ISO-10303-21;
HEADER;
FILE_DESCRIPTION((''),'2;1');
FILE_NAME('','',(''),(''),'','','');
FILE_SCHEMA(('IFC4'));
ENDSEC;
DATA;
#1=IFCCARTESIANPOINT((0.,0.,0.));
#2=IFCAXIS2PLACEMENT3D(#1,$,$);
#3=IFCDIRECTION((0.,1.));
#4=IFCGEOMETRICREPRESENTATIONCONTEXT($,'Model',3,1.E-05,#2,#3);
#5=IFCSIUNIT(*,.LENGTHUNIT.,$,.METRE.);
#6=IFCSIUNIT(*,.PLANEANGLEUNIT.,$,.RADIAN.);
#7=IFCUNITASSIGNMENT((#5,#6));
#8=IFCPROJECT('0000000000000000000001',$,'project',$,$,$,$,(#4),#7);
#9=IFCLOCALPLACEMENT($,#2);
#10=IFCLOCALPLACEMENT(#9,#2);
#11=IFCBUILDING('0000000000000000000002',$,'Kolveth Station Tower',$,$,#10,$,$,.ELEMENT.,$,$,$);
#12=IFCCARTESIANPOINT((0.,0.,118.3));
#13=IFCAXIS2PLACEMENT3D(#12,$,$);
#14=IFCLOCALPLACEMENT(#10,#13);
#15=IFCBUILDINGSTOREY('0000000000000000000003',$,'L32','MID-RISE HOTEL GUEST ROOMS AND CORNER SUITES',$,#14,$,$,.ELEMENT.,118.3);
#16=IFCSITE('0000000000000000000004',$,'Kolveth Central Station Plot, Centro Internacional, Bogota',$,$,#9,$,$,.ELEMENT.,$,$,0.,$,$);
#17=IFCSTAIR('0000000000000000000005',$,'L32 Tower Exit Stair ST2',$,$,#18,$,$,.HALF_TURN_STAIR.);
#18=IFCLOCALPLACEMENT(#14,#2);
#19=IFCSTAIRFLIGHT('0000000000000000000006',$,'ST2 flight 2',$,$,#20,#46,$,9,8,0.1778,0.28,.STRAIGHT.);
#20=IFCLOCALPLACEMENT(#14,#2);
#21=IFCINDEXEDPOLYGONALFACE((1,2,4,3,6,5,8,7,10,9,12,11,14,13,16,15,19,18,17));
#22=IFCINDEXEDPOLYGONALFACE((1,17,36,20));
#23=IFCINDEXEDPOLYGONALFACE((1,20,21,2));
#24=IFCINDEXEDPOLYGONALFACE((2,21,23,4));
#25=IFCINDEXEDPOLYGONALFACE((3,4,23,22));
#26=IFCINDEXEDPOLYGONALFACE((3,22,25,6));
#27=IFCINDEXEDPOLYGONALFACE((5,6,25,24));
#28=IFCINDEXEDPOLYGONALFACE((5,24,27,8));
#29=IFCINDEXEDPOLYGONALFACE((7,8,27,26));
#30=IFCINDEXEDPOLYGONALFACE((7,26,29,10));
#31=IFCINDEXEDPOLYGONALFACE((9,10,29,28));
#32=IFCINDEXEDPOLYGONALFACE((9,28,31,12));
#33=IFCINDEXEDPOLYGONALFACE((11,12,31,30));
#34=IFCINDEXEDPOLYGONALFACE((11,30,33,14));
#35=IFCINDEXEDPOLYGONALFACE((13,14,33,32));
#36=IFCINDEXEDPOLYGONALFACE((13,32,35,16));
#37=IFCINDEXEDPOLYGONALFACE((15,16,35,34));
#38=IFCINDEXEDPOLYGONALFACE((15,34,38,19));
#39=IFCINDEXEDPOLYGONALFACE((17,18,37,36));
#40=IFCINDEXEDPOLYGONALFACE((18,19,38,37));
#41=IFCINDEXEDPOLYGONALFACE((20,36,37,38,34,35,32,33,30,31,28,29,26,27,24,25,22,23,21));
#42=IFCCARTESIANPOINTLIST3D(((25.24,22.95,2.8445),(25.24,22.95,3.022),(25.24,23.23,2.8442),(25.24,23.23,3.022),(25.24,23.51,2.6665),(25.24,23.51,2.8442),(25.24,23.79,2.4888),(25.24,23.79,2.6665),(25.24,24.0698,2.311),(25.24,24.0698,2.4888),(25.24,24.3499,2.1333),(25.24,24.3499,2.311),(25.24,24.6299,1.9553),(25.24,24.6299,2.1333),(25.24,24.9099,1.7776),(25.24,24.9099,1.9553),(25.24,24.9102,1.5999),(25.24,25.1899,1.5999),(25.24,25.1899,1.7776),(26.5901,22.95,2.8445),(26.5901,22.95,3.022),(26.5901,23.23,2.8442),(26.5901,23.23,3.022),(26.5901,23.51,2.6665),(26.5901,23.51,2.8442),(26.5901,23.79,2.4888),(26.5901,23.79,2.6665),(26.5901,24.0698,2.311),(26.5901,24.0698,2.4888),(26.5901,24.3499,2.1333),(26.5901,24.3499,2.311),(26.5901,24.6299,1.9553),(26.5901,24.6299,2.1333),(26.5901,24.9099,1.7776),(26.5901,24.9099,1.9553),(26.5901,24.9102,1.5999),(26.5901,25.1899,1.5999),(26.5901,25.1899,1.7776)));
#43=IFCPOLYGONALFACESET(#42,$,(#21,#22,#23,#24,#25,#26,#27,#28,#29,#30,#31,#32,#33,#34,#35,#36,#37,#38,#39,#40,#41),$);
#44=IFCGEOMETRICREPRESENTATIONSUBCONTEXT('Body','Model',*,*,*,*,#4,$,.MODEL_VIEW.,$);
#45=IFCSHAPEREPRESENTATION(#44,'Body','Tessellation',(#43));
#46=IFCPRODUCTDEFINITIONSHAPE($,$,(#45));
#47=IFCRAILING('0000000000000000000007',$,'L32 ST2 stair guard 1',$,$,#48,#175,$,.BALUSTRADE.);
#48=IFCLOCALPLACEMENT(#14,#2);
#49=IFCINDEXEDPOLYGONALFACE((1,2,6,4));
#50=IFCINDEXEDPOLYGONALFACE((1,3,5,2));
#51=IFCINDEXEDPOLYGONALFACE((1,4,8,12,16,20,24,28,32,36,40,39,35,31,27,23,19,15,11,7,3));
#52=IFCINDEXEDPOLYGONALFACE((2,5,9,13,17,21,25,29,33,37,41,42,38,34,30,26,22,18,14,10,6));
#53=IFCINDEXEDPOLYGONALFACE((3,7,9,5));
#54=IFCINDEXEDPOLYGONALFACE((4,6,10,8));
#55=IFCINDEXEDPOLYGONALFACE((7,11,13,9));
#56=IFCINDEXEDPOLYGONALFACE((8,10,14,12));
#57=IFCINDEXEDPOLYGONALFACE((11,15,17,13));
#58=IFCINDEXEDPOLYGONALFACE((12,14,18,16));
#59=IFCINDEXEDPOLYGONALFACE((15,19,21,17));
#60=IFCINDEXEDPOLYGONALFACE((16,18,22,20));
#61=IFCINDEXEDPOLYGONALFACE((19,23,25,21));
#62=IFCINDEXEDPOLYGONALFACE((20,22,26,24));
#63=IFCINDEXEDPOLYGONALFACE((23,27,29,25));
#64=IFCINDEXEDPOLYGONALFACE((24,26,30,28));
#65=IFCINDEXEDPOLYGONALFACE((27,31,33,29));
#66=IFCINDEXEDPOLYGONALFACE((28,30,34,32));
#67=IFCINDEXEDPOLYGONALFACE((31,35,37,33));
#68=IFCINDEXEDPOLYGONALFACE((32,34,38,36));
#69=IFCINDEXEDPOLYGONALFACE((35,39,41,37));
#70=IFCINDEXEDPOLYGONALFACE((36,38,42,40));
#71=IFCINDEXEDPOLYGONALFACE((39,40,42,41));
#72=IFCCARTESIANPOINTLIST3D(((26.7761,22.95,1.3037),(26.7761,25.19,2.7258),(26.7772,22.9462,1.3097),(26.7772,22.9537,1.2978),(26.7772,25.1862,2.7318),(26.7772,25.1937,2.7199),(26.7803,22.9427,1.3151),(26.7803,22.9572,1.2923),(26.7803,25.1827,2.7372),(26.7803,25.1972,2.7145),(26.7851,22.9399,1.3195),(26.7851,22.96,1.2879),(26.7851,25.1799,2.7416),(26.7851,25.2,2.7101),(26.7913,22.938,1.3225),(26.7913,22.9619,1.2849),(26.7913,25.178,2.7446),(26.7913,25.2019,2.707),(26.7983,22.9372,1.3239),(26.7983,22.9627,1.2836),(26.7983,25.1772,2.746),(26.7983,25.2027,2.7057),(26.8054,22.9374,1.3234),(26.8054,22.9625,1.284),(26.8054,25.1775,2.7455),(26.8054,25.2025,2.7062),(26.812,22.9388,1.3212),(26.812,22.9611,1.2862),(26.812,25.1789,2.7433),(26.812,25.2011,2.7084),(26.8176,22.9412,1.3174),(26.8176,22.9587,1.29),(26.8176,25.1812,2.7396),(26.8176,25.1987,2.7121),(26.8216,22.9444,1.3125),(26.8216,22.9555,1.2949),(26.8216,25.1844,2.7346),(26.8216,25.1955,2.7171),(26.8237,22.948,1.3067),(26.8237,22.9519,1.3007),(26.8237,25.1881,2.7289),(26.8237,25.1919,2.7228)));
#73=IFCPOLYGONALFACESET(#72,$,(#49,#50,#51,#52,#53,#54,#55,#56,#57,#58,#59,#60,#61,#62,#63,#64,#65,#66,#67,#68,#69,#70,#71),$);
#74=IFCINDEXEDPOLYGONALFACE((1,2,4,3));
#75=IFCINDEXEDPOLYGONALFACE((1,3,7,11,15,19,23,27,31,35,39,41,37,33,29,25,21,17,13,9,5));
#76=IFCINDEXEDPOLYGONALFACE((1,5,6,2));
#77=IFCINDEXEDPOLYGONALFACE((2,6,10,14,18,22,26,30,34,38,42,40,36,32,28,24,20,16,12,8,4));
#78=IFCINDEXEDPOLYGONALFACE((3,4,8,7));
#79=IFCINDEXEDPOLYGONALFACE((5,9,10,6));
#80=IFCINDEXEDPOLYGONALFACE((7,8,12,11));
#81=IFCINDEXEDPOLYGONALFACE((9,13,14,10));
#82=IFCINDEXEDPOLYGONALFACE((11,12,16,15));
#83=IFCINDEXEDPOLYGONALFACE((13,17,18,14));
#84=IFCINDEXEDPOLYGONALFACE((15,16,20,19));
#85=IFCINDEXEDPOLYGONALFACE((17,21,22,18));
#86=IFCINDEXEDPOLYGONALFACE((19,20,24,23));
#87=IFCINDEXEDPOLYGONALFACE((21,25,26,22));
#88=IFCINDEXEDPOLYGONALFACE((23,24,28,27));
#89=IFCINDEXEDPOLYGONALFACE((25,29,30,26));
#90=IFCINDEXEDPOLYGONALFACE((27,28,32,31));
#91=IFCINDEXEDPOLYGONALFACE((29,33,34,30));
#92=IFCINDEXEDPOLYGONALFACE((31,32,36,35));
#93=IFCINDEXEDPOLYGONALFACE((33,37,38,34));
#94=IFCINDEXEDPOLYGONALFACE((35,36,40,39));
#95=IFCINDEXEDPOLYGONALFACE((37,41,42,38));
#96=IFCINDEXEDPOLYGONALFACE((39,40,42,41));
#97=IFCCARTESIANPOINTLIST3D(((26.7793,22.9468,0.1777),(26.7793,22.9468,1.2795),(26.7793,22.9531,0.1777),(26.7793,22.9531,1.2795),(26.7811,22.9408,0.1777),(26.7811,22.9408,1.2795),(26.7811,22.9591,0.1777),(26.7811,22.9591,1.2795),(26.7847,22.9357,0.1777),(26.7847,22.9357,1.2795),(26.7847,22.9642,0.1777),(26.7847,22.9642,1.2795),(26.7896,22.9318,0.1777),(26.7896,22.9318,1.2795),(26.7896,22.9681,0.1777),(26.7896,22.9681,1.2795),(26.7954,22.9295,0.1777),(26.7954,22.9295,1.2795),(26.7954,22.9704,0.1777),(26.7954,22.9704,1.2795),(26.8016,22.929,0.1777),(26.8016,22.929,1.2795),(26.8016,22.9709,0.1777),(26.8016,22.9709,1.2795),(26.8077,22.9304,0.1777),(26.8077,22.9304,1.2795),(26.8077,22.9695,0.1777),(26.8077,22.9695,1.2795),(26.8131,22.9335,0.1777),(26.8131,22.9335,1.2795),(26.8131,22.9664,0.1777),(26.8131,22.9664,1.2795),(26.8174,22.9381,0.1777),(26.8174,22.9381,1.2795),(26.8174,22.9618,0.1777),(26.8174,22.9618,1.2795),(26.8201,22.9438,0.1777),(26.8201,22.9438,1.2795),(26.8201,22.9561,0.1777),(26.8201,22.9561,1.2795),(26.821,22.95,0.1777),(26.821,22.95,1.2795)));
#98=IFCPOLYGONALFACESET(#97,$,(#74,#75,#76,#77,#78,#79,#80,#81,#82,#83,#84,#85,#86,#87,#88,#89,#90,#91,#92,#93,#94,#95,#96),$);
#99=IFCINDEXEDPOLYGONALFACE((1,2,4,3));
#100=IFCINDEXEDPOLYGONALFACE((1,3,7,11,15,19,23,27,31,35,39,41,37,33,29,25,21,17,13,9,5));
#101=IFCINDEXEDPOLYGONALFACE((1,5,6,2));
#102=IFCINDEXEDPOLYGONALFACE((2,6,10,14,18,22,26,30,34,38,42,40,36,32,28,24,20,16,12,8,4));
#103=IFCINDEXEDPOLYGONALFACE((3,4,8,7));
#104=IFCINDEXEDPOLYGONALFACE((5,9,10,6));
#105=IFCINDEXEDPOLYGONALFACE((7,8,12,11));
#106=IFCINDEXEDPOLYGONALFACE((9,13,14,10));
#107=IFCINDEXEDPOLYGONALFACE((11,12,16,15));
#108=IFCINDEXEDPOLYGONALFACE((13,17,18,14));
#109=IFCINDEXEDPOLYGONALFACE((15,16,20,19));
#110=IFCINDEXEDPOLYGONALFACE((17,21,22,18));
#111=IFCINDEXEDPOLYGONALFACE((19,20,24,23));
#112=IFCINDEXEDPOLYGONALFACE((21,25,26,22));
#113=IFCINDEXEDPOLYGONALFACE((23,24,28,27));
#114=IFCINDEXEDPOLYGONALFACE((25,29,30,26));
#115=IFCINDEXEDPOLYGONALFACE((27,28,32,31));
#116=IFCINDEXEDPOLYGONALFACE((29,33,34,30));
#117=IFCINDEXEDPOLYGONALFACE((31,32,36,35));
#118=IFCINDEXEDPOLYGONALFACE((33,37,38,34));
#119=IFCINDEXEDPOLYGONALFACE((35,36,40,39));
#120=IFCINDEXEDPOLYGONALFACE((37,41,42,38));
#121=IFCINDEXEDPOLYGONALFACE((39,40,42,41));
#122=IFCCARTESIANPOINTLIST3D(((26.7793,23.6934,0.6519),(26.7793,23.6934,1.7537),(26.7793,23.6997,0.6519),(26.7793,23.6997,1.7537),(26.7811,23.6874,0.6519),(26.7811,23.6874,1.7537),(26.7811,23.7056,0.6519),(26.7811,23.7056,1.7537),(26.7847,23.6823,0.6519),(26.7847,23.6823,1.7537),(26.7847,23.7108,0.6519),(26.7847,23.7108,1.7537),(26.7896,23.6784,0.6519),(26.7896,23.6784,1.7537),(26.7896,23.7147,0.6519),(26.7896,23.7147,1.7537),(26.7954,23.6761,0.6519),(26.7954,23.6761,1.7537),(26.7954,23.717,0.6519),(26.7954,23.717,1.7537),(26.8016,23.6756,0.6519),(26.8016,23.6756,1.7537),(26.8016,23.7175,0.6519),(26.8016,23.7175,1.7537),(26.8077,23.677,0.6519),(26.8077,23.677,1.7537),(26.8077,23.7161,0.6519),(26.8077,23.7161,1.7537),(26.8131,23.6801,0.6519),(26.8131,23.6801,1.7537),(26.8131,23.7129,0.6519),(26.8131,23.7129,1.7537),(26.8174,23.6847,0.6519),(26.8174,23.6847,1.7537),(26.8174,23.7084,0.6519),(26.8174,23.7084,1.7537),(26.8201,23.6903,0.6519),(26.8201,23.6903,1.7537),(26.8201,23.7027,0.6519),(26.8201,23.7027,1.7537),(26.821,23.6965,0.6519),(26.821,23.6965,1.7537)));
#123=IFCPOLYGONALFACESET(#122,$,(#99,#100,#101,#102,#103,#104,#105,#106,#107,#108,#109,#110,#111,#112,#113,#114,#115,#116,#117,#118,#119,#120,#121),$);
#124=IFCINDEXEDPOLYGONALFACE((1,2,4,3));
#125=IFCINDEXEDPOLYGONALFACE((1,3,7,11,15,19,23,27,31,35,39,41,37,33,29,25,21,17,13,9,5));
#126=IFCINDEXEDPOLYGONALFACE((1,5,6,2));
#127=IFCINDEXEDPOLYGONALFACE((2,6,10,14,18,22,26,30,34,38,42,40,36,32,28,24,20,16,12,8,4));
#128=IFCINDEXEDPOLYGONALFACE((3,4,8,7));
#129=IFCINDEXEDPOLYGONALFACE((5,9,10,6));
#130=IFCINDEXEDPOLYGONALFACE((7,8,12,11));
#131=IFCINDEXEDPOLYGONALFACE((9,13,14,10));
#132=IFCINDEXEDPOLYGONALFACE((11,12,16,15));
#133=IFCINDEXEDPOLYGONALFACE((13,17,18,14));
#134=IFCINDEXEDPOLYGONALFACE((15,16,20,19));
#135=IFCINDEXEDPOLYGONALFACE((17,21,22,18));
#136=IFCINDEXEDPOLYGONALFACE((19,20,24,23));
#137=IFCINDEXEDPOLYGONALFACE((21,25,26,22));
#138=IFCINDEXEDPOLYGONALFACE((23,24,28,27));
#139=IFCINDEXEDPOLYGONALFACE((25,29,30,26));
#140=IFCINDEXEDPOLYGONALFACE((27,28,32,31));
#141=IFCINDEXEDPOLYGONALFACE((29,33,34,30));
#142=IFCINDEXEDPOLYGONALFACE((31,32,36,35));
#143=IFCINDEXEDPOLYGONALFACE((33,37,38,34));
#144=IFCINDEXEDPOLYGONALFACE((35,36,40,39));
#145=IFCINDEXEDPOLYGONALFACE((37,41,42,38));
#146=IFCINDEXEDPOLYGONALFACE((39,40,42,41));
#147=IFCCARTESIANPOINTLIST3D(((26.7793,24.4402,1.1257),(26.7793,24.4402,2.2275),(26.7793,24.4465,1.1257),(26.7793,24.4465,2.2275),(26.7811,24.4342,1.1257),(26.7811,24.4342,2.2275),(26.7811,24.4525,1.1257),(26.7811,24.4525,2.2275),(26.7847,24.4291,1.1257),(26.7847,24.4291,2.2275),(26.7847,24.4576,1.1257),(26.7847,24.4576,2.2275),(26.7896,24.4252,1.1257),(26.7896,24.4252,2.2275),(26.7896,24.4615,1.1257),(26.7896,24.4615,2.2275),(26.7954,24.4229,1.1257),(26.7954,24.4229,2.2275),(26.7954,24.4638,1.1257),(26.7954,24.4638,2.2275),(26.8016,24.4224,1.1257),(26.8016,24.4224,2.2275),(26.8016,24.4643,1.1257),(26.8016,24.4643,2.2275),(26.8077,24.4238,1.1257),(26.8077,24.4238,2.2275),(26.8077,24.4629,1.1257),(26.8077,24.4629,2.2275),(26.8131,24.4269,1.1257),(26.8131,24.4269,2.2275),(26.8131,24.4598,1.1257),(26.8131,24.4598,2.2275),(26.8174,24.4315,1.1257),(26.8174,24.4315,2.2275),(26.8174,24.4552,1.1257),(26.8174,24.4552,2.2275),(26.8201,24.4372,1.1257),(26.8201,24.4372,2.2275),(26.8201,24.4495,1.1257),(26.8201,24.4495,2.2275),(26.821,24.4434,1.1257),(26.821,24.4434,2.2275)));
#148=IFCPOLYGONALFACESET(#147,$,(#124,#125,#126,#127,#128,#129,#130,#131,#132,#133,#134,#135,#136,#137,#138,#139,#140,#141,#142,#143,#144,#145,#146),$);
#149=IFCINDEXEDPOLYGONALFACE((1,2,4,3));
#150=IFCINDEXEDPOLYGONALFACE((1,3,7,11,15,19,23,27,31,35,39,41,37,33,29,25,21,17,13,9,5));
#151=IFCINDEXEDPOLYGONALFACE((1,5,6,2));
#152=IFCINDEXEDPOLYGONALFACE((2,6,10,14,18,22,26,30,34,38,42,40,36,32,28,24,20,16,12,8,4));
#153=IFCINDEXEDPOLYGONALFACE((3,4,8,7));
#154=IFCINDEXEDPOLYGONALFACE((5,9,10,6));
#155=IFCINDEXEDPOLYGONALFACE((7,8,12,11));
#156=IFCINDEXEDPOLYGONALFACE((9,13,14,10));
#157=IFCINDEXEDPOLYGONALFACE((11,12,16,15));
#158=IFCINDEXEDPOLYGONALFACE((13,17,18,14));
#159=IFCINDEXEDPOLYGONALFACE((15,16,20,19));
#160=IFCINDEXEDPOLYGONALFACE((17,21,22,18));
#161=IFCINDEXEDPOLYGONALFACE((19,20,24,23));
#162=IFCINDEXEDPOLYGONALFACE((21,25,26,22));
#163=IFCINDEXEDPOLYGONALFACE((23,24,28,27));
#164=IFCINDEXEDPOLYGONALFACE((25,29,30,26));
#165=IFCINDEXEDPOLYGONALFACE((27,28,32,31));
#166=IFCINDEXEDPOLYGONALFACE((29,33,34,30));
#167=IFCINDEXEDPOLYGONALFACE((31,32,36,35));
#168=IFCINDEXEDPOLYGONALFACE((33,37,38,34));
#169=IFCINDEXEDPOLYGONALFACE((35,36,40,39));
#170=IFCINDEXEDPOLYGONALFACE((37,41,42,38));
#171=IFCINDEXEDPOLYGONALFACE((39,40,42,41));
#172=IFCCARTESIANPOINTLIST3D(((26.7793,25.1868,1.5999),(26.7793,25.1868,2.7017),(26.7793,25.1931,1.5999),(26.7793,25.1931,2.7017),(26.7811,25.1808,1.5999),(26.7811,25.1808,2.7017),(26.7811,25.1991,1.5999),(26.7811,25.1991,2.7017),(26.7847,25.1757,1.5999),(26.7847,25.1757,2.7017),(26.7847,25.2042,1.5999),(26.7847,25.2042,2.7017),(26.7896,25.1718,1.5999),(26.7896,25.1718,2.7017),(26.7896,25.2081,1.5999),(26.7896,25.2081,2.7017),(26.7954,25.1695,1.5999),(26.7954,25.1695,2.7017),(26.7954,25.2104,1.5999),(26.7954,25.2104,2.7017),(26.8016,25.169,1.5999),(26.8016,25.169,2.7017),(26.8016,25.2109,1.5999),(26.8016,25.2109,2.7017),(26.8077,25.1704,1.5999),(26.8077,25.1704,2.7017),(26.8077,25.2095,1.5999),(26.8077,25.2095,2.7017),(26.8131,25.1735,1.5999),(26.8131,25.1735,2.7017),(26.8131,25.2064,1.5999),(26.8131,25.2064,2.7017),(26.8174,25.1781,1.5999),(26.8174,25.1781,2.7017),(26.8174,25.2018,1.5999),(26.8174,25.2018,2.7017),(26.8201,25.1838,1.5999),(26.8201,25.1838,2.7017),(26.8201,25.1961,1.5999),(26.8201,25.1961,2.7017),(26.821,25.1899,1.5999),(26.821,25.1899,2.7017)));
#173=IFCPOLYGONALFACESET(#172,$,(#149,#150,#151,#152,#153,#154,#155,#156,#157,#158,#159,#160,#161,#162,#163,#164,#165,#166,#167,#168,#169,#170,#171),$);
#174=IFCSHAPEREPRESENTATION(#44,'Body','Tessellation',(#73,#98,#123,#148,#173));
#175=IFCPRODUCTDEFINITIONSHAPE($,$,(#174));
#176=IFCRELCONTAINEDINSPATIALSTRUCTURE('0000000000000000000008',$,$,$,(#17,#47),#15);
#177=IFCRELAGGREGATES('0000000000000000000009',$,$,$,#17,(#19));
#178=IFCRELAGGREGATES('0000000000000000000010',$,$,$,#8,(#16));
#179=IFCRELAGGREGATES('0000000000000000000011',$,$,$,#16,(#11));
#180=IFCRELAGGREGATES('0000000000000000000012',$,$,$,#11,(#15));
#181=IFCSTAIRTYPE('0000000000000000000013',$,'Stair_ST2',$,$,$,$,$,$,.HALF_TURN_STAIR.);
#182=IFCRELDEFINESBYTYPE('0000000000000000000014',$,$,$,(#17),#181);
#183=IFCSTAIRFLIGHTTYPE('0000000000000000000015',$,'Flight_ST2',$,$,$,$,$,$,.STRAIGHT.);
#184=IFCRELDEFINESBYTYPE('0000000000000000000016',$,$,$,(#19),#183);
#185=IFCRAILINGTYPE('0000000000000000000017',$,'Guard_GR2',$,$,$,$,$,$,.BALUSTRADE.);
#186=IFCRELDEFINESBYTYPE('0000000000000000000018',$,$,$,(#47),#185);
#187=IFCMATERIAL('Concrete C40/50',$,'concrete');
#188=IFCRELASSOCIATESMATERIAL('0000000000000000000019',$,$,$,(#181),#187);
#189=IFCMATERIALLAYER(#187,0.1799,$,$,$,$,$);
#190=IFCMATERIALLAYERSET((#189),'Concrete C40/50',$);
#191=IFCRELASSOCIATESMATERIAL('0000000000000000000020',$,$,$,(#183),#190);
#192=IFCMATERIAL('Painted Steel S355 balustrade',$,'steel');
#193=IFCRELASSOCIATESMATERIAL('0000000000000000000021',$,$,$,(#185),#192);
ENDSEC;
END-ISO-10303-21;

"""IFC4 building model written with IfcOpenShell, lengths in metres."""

from ifc_helpers import new_model, si_unit, direction, frame, origin, origin_2d, place, context, subcontext, project, spatial, polyline, circle, outline, extrude, material, layer, layer_set, type_object, element, aggregate, save


model = new_model("IFC4")

# Units and contexts
model_context = context("Model", 3, precision=1e-05, world=origin(), true_north=direction((0.0, 1.0)))
body_context = subcontext(model_context, "Body", "Model", "MODEL_VIEW")
ifc_project = project(units=[si_unit("LENGTHUNIT", "METRE"), si_unit("PLANEANGLEUNIT", "RADIAN")], contexts=[model_context])

# Site, building, storey
site_placement = place(None, origin())
site = spatial("IfcSite", under=ifc_project, at=site_placement, Name="Kolveth Central Station Plot, Centro Internacional, Bogota", CompositionType="ELEMENT", RefElevation=0.0)
building_placement = place(site_placement, origin())
building = spatial("IfcBuilding", under=site, at=building_placement, Name="Kolveth Station Tower", CompositionType="ELEMENT")
storey_placement = place(building_placement, frame((0.0, 0.0, 118.3)))
storey = spatial("IfcBuildingStorey", under=building, at=storey_placement, Name="L32", Description="MID-RISE HOTEL GUEST ROOMS AND CORNER SUITES", CompositionType="ELEMENT", Elevation=118.3)

# Shared definitions
ifc_material_1 = material(Name="Concrete C40/50", Category="concrete")

# Stair, stair flight
stair_type = type_object("IfcStairType", Name="Stair_ST2", PredefinedType="HALF_TURN_STAIR", material=ifc_material_1)
stair_placement = place(storey_placement, origin())
stair = element("IfcStair", 1, at=stair_placement, inside=storey, type_object=stair_type, Name="L32 Tower Exit Stair ST2", PredefinedType="HALF_TURN_STAIR")
ifc_layer_1 = layer(ifc_material_1, 0.1799)
ifc_layer_set_1 = layer_set([ifc_layer_1], Name="Concrete C40/50")
stair_flight_type = type_object("IfcStairFlightType", Name="Flight_ST2", PredefinedType="STRAIGHT", material=ifc_layer_set_1)
stair_flight_1_placement = place(storey_placement, frame((25.915, 25.1899, 1.5999), z_axis=(0.0, 0.0, 1.0), x_axis=(0.0, -1.0, 0.0)))
stair_flight_1 = element("IfcStairFlight", 2, at=stair_flight_1_placement, type_object=stair_flight_type, Name="ST2 flight 2", NumberOfRisers=9, NumberOfTreads=8, PredefinedType="STRAIGHT", RiserHeight=0.1778, TreadLength=0.28, context=body_context, shape_type="SweptSolid", body=[
    extrude(outline(polyline([(0.0, 0.0), (0.0, 0.1777), (0.28, 0.1777), (0.28, 0.3555), (0.5601, 0.3555), (0.5601, 0.5334), (0.8401, 0.5334), (0.8401, 0.7112), (1.1201, 0.7112), (1.1201, 0.8889), (1.3999, 0.8889), (1.3999, 1.0667), (1.6799, 1.0667), (1.6799, 1.2444), (1.96, 1.2444), (1.96, 1.4221), (2.24, 1.4221), (2.24, 1.6001), (2.24, 1.2446), (0.2798, 0.0), (0.0, 0.0)])), frame((0.0, 0.675, 0.0), z_axis=(0.0, -1.0, 0.0), x_axis=(1.0, 0.0, 0.0)), (0.0, 0.0, 1.0), 1.3501),
])
aggregate(stair, [stair_flight_1])

# Railing
ifc_material_2 = material(Name="Painted Steel S355 balustrade", Category="steel")
railing_type_1 = type_object("IfcRailingType", Name="Guard_GR2", PredefinedType="BALUSTRADE", material=ifc_material_2)
railing_1_placement = place(storey_placement, frame((26.8, 22.95, 0.1777)))
element("IfcRailing", 3, at=railing_1_placement, inside=storey, type_object=railing_type_1, Name="L32 ST2 stair guard 1", PredefinedType="BALUSTRADE", context=body_context, shape_type="SweptSolid", body=[
    extrude(circle(Radius=0.0239, at=origin_2d()), frame((0.0, 0.0, 1.126), z_axis=(0.0, 0.844229, 0.535982), x_axis=(-1.0, 0.0, 0.0)), (0.0, 0.0, 1.0), 2.6533),
    extrude(circle(Radius=0.021, at=origin_2d()), origin(), (0.0, 0.0, 1.0), 1.1018),
    extrude(circle(Radius=0.021, at=origin_2d()), frame((0.0, 0.7466, 0.4741)), (0.0, 0.0, 1.0), 1.1018),
    extrude(circle(Radius=0.021, at=origin_2d()), frame((0.0, 1.4934, 0.948)), (0.0, 0.0, 1.0), 1.1018),
    extrude(circle(Radius=0.021, at=origin_2d()), frame((0.0, 2.24, 1.4221)), (0.0, 0.0, 1.0), 1.1018),
])

save(model, "model.ifc")
